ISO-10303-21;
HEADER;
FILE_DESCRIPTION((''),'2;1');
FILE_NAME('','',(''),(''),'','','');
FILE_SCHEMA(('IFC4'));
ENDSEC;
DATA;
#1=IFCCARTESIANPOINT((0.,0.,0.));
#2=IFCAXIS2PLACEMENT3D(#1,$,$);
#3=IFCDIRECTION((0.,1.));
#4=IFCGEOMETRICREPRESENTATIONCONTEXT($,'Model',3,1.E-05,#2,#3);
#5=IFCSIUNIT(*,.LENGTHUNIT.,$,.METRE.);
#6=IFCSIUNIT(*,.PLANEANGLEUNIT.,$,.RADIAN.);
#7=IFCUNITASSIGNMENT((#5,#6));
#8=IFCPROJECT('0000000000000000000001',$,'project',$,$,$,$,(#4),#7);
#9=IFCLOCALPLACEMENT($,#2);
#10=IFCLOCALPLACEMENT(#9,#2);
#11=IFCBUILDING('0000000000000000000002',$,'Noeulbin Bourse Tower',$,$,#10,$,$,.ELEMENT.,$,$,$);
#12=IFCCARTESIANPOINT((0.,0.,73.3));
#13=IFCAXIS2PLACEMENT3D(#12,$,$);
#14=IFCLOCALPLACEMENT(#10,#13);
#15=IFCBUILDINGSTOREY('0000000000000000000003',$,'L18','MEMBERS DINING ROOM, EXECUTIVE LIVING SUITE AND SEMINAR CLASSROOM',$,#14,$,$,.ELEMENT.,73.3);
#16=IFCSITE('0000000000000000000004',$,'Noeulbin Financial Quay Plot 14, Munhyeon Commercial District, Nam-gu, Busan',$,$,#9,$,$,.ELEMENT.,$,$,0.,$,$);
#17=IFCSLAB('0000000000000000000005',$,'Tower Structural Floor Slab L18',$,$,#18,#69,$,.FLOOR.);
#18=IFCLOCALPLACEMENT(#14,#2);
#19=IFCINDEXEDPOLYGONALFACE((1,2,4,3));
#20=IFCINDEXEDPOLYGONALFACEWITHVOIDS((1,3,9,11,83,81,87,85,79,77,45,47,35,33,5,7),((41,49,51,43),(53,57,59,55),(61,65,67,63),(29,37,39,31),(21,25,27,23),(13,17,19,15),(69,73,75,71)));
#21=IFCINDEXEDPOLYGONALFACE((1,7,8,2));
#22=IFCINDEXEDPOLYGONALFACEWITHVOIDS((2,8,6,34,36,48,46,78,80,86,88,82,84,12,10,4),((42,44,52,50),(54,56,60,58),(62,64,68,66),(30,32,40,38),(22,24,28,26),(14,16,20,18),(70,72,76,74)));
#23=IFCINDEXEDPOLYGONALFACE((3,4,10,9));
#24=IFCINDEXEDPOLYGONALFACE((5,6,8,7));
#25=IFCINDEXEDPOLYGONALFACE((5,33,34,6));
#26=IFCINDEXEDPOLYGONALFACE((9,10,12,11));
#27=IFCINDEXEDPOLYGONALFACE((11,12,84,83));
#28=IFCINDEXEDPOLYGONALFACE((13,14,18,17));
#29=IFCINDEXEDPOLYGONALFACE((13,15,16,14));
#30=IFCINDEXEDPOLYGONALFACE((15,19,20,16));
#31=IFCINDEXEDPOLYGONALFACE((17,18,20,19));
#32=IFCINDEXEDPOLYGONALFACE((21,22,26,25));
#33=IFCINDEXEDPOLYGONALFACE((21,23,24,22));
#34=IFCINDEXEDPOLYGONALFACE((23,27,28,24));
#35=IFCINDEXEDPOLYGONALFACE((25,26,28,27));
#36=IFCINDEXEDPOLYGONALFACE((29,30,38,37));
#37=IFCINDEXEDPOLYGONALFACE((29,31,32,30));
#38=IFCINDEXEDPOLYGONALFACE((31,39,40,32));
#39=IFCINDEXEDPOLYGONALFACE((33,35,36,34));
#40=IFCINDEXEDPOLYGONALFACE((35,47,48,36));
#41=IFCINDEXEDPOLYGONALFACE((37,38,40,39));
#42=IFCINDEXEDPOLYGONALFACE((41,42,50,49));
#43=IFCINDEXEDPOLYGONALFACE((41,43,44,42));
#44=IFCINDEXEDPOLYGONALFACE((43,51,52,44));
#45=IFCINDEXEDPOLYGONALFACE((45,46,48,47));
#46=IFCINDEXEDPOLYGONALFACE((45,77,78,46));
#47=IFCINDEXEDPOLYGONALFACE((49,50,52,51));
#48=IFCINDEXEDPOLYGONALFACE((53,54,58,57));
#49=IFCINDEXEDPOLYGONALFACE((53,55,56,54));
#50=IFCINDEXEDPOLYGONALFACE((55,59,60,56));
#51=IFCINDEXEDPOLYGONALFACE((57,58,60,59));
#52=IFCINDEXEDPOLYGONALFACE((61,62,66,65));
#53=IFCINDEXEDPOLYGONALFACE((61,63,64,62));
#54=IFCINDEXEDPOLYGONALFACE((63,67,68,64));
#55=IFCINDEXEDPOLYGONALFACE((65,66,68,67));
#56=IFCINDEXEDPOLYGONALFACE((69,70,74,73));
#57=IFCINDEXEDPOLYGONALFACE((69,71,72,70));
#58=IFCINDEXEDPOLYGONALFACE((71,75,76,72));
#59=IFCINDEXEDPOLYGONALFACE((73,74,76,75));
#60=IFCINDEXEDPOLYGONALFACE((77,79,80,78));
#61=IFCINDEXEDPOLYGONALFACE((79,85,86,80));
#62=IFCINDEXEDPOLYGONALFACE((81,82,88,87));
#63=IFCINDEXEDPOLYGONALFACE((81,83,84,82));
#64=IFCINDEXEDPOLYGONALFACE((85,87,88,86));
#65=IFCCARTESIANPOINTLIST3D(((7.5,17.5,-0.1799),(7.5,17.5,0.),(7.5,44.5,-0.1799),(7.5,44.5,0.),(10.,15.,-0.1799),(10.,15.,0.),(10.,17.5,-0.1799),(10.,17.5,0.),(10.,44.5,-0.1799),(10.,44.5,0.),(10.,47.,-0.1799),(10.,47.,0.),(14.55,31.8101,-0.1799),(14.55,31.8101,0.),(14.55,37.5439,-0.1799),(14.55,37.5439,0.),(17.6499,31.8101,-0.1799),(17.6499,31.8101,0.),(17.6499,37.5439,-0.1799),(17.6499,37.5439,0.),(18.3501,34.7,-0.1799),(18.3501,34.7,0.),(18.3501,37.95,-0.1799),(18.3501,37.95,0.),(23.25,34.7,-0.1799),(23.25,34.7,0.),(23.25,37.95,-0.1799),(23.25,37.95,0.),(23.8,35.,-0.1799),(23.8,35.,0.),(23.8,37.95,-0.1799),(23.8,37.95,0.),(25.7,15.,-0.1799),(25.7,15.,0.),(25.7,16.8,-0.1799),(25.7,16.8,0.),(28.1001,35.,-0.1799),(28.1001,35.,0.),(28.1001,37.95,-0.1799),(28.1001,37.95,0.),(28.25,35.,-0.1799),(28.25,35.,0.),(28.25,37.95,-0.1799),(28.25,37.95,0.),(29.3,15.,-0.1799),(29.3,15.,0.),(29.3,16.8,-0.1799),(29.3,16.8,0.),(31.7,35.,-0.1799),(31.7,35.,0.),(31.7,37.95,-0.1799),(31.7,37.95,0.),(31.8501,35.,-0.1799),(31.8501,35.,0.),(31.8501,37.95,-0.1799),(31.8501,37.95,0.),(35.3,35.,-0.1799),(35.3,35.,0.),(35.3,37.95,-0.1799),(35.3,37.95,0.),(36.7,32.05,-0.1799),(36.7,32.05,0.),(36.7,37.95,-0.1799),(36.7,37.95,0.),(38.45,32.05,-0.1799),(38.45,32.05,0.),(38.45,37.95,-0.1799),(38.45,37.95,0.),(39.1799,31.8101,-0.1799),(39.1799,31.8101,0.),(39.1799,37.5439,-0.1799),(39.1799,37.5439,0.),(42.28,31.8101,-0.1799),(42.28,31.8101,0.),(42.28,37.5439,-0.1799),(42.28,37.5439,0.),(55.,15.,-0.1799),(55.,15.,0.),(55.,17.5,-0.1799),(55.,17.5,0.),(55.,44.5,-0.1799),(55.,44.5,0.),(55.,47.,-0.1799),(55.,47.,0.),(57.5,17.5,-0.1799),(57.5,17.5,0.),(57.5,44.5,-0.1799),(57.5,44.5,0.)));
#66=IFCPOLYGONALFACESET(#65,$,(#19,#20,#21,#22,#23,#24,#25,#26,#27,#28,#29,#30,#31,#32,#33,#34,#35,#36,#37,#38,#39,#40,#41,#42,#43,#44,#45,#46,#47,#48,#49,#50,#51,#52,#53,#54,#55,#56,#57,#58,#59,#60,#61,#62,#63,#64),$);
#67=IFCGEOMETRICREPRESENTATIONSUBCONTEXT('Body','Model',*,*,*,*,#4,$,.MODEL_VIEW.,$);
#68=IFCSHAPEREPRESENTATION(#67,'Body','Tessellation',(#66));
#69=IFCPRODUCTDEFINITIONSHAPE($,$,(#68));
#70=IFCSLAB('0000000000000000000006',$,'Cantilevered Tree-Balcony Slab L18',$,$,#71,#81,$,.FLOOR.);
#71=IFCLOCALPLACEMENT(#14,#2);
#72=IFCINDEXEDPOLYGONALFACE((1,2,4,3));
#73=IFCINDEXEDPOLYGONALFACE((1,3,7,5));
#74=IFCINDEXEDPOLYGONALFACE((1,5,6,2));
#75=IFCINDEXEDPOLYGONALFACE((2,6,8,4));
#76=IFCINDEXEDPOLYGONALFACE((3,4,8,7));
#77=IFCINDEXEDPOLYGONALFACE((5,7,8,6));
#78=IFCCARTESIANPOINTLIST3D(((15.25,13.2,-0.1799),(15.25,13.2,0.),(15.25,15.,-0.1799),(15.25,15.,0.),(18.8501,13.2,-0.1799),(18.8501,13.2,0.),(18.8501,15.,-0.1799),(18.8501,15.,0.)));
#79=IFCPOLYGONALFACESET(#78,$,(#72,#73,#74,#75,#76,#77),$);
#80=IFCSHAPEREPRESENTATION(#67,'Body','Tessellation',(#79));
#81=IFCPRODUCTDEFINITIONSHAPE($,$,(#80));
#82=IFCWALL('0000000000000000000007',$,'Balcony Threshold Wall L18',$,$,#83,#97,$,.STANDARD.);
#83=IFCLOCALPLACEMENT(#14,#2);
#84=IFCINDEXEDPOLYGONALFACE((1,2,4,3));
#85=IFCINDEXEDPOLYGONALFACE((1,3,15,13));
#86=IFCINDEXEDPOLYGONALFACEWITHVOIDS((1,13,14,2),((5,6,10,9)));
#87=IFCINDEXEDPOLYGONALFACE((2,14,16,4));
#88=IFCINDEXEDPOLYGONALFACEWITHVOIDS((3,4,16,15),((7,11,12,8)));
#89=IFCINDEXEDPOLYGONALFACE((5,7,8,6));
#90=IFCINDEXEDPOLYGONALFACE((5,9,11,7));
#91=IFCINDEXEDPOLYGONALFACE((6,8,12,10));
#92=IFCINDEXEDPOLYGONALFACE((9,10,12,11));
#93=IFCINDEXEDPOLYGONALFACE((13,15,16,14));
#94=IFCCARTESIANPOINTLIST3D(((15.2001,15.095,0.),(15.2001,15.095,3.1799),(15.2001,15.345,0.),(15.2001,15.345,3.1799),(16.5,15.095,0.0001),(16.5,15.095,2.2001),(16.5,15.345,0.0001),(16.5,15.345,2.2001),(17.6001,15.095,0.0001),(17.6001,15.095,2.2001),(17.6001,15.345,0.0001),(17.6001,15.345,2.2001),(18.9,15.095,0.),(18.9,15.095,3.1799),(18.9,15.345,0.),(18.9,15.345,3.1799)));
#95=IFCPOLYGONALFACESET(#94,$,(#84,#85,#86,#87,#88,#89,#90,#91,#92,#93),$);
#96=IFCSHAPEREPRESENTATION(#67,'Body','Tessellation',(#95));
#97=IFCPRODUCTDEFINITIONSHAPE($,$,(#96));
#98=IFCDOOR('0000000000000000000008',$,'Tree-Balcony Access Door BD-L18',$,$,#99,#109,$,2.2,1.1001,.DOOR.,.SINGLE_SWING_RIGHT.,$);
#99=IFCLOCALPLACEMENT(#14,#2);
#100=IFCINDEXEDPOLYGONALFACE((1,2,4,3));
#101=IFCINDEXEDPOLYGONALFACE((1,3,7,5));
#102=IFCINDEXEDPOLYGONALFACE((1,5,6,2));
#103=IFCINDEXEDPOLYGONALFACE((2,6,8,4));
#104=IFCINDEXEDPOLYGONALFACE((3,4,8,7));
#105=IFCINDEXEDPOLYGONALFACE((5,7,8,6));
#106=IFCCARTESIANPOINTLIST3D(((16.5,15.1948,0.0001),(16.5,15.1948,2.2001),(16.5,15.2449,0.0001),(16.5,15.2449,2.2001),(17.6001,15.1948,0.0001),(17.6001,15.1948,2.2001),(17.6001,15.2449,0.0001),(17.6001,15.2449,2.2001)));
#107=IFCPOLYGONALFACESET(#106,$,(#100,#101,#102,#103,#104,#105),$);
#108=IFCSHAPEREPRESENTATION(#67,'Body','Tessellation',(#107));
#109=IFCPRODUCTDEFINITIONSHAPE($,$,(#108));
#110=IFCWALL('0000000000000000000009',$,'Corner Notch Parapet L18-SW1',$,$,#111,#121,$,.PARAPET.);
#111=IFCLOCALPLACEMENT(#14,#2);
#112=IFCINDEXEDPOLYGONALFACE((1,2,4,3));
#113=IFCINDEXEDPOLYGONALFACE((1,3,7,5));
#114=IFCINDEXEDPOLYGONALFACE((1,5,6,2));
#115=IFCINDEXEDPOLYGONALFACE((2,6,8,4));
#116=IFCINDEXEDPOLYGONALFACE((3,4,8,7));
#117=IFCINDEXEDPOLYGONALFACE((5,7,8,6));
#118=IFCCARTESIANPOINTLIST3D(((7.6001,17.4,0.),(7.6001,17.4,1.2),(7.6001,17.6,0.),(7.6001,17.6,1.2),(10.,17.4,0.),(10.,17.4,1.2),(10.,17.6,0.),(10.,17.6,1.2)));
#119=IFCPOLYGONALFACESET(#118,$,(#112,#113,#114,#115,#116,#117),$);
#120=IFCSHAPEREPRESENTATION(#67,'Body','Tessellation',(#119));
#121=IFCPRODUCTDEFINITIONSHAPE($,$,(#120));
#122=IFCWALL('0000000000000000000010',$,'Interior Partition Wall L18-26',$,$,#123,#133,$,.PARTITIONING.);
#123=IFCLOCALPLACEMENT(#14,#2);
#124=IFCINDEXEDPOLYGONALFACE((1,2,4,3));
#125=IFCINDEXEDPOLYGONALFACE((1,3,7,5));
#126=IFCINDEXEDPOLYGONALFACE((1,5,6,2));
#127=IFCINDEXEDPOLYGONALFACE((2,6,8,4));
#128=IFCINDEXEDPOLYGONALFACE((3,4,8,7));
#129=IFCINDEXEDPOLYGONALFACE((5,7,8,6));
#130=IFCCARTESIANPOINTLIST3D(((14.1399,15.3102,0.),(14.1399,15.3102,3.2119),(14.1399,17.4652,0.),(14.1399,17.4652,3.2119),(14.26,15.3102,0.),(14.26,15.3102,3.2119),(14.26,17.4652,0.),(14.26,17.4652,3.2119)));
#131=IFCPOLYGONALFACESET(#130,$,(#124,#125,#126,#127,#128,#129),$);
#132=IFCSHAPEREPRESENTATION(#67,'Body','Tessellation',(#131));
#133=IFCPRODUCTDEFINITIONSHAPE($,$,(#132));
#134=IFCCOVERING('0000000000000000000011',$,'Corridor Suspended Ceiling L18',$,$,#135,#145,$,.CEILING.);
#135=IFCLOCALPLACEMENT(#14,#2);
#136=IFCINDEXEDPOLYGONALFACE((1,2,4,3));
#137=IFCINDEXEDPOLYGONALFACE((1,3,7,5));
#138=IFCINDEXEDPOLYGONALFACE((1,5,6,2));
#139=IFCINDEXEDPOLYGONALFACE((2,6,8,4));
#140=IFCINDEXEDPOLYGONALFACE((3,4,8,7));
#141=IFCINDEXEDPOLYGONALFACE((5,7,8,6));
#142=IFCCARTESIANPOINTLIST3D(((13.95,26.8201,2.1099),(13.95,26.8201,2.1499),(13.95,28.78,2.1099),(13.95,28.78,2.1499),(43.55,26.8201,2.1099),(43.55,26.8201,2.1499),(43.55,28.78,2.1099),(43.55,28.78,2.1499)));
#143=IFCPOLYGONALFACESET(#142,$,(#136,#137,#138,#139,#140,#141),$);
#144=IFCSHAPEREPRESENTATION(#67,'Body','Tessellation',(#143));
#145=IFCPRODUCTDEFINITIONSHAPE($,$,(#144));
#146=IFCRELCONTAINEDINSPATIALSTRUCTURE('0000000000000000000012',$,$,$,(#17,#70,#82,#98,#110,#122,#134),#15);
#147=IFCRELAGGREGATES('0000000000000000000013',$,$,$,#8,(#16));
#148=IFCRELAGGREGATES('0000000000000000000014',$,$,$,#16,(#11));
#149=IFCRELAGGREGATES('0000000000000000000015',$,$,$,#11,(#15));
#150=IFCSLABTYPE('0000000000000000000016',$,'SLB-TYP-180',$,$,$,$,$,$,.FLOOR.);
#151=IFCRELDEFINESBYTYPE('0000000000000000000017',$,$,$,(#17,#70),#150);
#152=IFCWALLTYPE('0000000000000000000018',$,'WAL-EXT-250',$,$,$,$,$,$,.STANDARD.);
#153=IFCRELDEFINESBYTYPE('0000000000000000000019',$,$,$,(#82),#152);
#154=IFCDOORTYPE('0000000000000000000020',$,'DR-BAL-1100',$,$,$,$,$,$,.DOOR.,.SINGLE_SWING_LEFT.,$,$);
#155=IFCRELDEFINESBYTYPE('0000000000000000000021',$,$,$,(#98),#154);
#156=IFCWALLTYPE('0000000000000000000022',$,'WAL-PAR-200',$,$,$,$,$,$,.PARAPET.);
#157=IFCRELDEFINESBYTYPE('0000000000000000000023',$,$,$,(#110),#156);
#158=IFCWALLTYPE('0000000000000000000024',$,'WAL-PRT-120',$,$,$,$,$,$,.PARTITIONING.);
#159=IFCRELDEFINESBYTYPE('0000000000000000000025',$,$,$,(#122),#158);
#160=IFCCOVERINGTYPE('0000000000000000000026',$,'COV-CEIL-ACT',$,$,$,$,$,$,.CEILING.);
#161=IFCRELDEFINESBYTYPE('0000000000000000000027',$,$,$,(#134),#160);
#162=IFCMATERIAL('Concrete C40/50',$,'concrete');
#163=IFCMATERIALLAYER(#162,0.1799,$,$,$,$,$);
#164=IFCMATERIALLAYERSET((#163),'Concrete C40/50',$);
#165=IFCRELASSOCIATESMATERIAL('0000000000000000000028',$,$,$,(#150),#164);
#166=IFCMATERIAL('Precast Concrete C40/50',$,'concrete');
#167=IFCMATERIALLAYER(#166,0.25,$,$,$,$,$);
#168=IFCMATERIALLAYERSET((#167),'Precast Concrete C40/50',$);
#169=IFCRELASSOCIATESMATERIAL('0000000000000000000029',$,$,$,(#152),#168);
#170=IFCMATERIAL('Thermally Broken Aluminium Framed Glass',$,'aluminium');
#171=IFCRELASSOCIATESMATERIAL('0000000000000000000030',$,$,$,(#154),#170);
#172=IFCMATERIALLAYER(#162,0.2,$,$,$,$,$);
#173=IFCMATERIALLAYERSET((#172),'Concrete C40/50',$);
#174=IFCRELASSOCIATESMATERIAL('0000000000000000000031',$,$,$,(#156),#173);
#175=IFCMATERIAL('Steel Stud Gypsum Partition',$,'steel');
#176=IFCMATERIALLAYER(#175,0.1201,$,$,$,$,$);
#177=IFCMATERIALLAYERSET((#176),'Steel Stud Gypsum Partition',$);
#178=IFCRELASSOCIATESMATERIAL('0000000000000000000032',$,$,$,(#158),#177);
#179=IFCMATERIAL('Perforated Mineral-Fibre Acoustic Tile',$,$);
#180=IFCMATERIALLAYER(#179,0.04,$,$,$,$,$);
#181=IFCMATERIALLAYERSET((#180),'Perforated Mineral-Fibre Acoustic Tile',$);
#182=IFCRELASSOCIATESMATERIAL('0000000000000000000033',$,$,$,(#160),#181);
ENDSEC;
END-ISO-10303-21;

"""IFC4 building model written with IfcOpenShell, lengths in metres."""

from ifc_helpers import new_model, si_unit, direction, frame, frame_2d, origin, place, context, subcontext, project, spatial, polyline, rectangle, outline, extrude, material, layer, layer_set, type_object, element, fill, save


model = new_model("IFC4")

# Units and contexts
model_context = context("Model", 3, precision=1e-05, world=origin(), true_north=direction((0.0, 1.0)))
body_context = subcontext(model_context, "Body", "Model", "MODEL_VIEW")
ifc_project = project(units=[si_unit("LENGTHUNIT", "METRE"), si_unit("PLANEANGLEUNIT", "RADIAN")], contexts=[model_context])

# Site, building, storey
site_placement = place(None, origin())
site = spatial("IfcSite", under=ifc_project, at=site_placement, Name="Noeulbin Financial Quay Plot 14, Munhyeon Commercial District, Nam-gu, Busan", CompositionType="ELEMENT", RefElevation=0.0)
building_placement = place(site_placement, origin())
building = spatial("IfcBuilding", under=site, at=building_placement, Name="Noeulbin Bourse Tower", CompositionType="ELEMENT")
storey_placement = place(building_placement, frame((0.0, 0.0, 73.3)))
storey = spatial("IfcBuildingStorey", under=building, at=storey_placement, Name="L18", Description="MEMBERS DINING ROOM, EXECUTIVE LIVING SUITE AND SEMINAR CLASSROOM", CompositionType="ELEMENT", Elevation=73.3)

# Shared definitions
ifc_material_1 = material(Name="Concrete C40/50", Category="concrete")

# Slab, openings
ifc_layer_1 = layer(ifc_material_1, 0.1799)
ifc_layer_set_1 = layer_set([ifc_layer_1], Name="Concrete C40/50")
slab_type_1 = type_object("IfcSlabType", Name="SLB-TYP-180", PredefinedType="FLOOR", material=ifc_layer_set_1)
slab_1_placement = place(storey_placement, frame((0.0, 0.0, -0.1799)))
slab_1 = element("IfcSlab", 1, at=slab_1_placement, inside=storey, type_object=slab_type_1, Name="Tower Structural Floor Slab L18", PredefinedType="FLOOR", context=body_context, shape_type="SweptSolid", body=[
    extrude(outline(polyline([(10.0, 15.0), (25.7, 15.0), (25.7, 16.8), (29.3, 16.8), (29.3, 15.0), (55.0, 15.0), (55.0, 17.5), (57.5, 17.5), (57.5, 44.5), (55.0, 44.5), (55.0, 47.0), (10.0, 47.0), (10.0, 44.5), (7.5, 44.5), (7.5, 17.5), (10.0, 17.5), (10.0, 15.0)]), holes=[polyline([(17.6499, 31.8101), (17.6499, 37.5439), (14.55, 37.5439), (14.55, 31.8101), (17.6499, 31.8101)]), polyline([(42.28, 31.8101), (42.28, 37.5439), (39.1799, 37.5439), (39.1799, 31.8101), (42.28, 31.8101)]), polyline([(18.3501, 34.7), (23.25, 34.7), (23.25, 37.95), (18.3501, 37.95), (18.3501, 34.7)]), polyline([(36.7, 32.05), (38.45, 32.05), (38.45, 37.95), (36.7, 37.95), (36.7, 32.05)]), polyline([(23.8, 35.0), (28.1001, 35.0), (28.1001, 37.95), (23.8, 37.95), (23.8, 35.0)]), polyline([(28.25, 35.0), (31.7, 35.0), (31.7, 37.95), (28.25, 37.95), (28.25, 35.0)]), polyline([(31.8501, 35.0), (35.3, 35.0), (35.3, 37.95), (31.8501, 37.95), (31.8501, 35.0)])]), origin(), (0.0, 0.0, 1.0), 0.1799),
])
opening_1_placement = place(slab_1_placement, frame((0.0, 0.0, -0.01)))
element("IfcOpeningElement", 2, at=opening_1_placement, cuts=slab_1, PredefinedType="OPENING", context=body_context, shape_type="SweptSolid", body=[
    extrude(outline(polyline([(17.6499, 31.8101), (17.6499, 37.5439), (14.55, 37.5439), (14.55, 31.8101), (17.6499, 31.8101)])), origin(), (0.0, 0.0, 1.0), 0.2),
])
opening_2_placement = place(slab_1_placement, frame((0.0, 0.0, -0.01)))
element("IfcOpeningElement", 3, at=opening_2_placement, cuts=slab_1, PredefinedType="OPENING", context=body_context, shape_type="SweptSolid", body=[
    extrude(outline(polyline([(42.28, 31.8101), (42.28, 37.5439), (39.1799, 37.5439), (39.1799, 31.8101), (42.28, 31.8101)])), origin(), (0.0, 0.0, 1.0), 0.2),
])
opening_3_placement = place(slab_1_placement, frame((0.0, 0.0, -0.01)))
element("IfcOpeningElement", 4, at=opening_3_placement, cuts=slab_1, PredefinedType="OPENING", context=body_context, shape_type="SweptSolid", body=[
    extrude(outline(polyline([(18.3501, 34.7), (23.25, 34.7), (23.25, 37.95), (18.3501, 37.95), (18.3501, 34.7)])), origin(), (0.0, 0.0, 1.0), 0.2),
])
opening_4_placement = place(slab_1_placement, frame((0.0, 0.0, -0.01)))
element("IfcOpeningElement", 5, at=opening_4_placement, cuts=slab_1, PredefinedType="OPENING", context=body_context, shape_type="SweptSolid", body=[
    extrude(outline(polyline([(36.7, 32.05), (38.45, 32.05), (38.45, 37.95), (36.7, 37.95), (36.7, 32.05)])), origin(), (0.0, 0.0, 1.0), 0.2),
])
opening_5_placement = place(slab_1_placement, frame((0.0, 0.0, -0.01)))
element("IfcOpeningElement", 6, at=opening_5_placement, cuts=slab_1, PredefinedType="OPENING", context=body_context, shape_type="SweptSolid", body=[
    extrude(outline(polyline([(23.8, 35.0), (28.1001, 35.0), (28.1001, 37.95), (23.8, 37.95), (23.8, 35.0)])), origin(), (0.0, 0.0, 1.0), 0.2),
])
opening_6_placement = place(slab_1_placement, frame((0.0, 0.0, -0.01)))
element("IfcOpeningElement", 7, at=opening_6_placement, cuts=slab_1, PredefinedType="OPENING", context=body_context, shape_type="SweptSolid", body=[
    extrude(outline(polyline([(28.25, 35.0), (31.7, 35.0), (31.7, 37.95), (28.25, 37.95), (28.25, 35.0)])), origin(), (0.0, 0.0, 1.0), 0.2),
])
opening_7_placement = place(slab_1_placement, frame((0.0, 0.0, -0.01)))
element("IfcOpeningElement", 8, at=opening_7_placement, cuts=slab_1, PredefinedType="OPENING", context=body_context, shape_type="SweptSolid", body=[
    extrude(outline(polyline([(31.8501, 35.0), (35.3, 35.0), (35.3, 37.95), (31.8501, 37.95), (31.8501, 35.0)])), origin(), (0.0, 0.0, 1.0), 0.2),
])

# Slab
slab_2_placement = place(storey_placement, frame((0.0, 0.0, -0.1799)))
element("IfcSlab", 9, at=slab_2_placement, inside=storey, type_object=slab_type_1, Name="Cantilevered Tree-Balcony Slab L18", PredefinedType="FLOOR", context=body_context, shape_type="SweptSolid", body=[
    extrude(outline(polyline([(15.25, 13.2), (18.8501, 13.2), (18.8501, 15.0), (15.25, 15.0), (15.25, 13.2)])), origin(), (0.0, 0.0, 1.0), 0.1799),
])

# Wall, opening, door
ifc_material_2 = material(Name="Precast Concrete C40/50", Category="concrete")
ifc_layer_2 = layer(ifc_material_2, 0.25)
ifc_layer_set_2 = layer_set([ifc_layer_2], Name="Precast Concrete C40/50")
wall_type_1 = type_object("IfcWallType", Name="WAL-EXT-250", PredefinedType="STANDARD", material=ifc_layer_set_2)
wall_1_placement = place(storey_placement, frame((15.2, 15.22, 0.0), z_axis=(0.0, 0.0, 1.0), x_axis=(1.0, 0.0, 0.0)))
wall_1 = element("IfcWall", 10, at=wall_1_placement, inside=storey, type_object=wall_type_1, Name="Balcony Threshold Wall L18", PredefinedType="STANDARD", context=body_context, shape_type="SweptSolid", body=[
    extrude(rectangle(XDim=3.7, YDim=0.25, at=frame_2d((1.8501, 0.0))), origin(), (0.0, 0.0, 1.0), 3.1799),
])
opening_8_placement = place(wall_1_placement, frame((1.3, 0.0, 0.0)))
opening_8 = element("IfcOpeningElement", 11, at=opening_8_placement, cuts=wall_1, PredefinedType="OPENING", context=body_context, shape_type="SweptSolid", body=[
    extrude(rectangle(XDim=1.1001, YDim=2.2, at=frame_2d((0.55, 1.1001))), frame((0.0, 0.135, 0.0), z_axis=(0.0, -1.0, 0.0), x_axis=(1.0, 0.0, 0.0)), (0.0, 0.0, 1.0), 0.27),
])
ifc_material_3 = material(Name="Thermally Broken Aluminium Framed Glass", Category="aluminium")
door_type = type_object("IfcDoorType", Name="DR-BAL-1100", OperationType="SINGLE_SWING_LEFT", PredefinedType="DOOR", material=ifc_material_3)
door_placement = place(opening_8_placement, origin())
door = element("IfcDoor", 12, at=door_placement, inside=storey, type_object=door_type, Name="Tree-Balcony Access Door BD-L18", OperationType="SINGLE_SWING_RIGHT", OverallHeight=2.2, OverallWidth=1.1001, PredefinedType="DOOR", context=body_context, shape_type="SweptSolid", body=[
    extrude(rectangle(XDim=1.1001, YDim=2.2, at=frame_2d((0.55, 1.1001))), frame((0.0, 0.0249, 0.0), z_axis=(0.0, -1.0, 0.0), x_axis=(1.0, 0.0, 0.0)), (0.0, 0.0, 1.0), 0.05),
])
fill(opening_8, door)

# Walls
ifc_layer_3 = layer(ifc_material_1, 0.2)
ifc_layer_set_3 = layer_set([ifc_layer_3], Name="Concrete C40/50")
wall_type_2 = type_object("IfcWallType", Name="WAL-PAR-200", PredefinedType="PARAPET", material=ifc_layer_set_3)
wall_2_placement = place(storey_placement, frame((7.6001, 17.5, 0.0), z_axis=(0.0, 0.0, 1.0), x_axis=(1.0, 0.0, 0.0)))
element("IfcWall", 13, at=wall_2_placement, inside=storey, type_object=wall_type_2, Name="Corner Notch Parapet L18-SW1", PredefinedType="PARAPET", context=body_context, shape_type="SweptSolid", body=[
    extrude(rectangle(XDim=2.3999, YDim=0.2, at=frame_2d((1.2, 0.0))), origin(), (0.0, 0.0, 1.0), 1.2),
])
ifc_material_4 = material(Name="Steel Stud Gypsum Partition", Category="steel")
ifc_layer_4 = layer(ifc_material_4, 0.1201)
ifc_layer_set_4 = layer_set([ifc_layer_4], Name="Steel Stud Gypsum Partition")
wall_type_3 = type_object("IfcWallType", Name="WAL-PRT-120", PredefinedType="PARTITIONING", material=ifc_layer_set_4)
wall_3_placement = place(storey_placement, frame((14.2, 15.3101, 0.0), z_axis=(0.0, 0.0, 1.0), x_axis=(0.0, 1.0, 0.0)))
element("IfcWall", 14, at=wall_3_placement, inside=storey, type_object=wall_type_3, Name="Interior Partition Wall L18-26", PredefinedType="PARTITIONING", context=body_context, shape_type="SweptSolid", body=[
    extrude(rectangle(XDim=2.155, YDim=0.1201, at=frame_2d((1.0776, 0.0))), origin(), (0.0, 0.0, 1.0), 3.2119),
])

# Covering
ifc_material_5 = material(Name="Perforated Mineral-Fibre Acoustic Tile")
ifc_layer_5 = layer(ifc_material_5, 0.04)
ifc_layer_set_5 = layer_set([ifc_layer_5], Name="Perforated Mineral-Fibre Acoustic Tile")
covering_type = type_object("IfcCoveringType", Name="COV-CEIL-ACT", PredefinedType="CEILING", material=ifc_layer_set_5)
covering_1_placement = place(storey_placement, frame((0.0, 0.0, 2.1099)))
element("IfcCovering", 15, at=covering_1_placement, inside=storey, type_object=covering_type, Name="Corridor Suspended Ceiling L18", PredefinedType="CEILING", context=body_context, shape_type="SweptSolid", body=[
    extrude(outline(polyline([(13.95, 26.8201), (43.55, 26.8201), (43.55, 28.78), (13.95, 28.78), (13.95, 26.8201)])), origin(), (0.0, 0.0, 1.0), 0.04),
])

save(model, "model.ifc")
